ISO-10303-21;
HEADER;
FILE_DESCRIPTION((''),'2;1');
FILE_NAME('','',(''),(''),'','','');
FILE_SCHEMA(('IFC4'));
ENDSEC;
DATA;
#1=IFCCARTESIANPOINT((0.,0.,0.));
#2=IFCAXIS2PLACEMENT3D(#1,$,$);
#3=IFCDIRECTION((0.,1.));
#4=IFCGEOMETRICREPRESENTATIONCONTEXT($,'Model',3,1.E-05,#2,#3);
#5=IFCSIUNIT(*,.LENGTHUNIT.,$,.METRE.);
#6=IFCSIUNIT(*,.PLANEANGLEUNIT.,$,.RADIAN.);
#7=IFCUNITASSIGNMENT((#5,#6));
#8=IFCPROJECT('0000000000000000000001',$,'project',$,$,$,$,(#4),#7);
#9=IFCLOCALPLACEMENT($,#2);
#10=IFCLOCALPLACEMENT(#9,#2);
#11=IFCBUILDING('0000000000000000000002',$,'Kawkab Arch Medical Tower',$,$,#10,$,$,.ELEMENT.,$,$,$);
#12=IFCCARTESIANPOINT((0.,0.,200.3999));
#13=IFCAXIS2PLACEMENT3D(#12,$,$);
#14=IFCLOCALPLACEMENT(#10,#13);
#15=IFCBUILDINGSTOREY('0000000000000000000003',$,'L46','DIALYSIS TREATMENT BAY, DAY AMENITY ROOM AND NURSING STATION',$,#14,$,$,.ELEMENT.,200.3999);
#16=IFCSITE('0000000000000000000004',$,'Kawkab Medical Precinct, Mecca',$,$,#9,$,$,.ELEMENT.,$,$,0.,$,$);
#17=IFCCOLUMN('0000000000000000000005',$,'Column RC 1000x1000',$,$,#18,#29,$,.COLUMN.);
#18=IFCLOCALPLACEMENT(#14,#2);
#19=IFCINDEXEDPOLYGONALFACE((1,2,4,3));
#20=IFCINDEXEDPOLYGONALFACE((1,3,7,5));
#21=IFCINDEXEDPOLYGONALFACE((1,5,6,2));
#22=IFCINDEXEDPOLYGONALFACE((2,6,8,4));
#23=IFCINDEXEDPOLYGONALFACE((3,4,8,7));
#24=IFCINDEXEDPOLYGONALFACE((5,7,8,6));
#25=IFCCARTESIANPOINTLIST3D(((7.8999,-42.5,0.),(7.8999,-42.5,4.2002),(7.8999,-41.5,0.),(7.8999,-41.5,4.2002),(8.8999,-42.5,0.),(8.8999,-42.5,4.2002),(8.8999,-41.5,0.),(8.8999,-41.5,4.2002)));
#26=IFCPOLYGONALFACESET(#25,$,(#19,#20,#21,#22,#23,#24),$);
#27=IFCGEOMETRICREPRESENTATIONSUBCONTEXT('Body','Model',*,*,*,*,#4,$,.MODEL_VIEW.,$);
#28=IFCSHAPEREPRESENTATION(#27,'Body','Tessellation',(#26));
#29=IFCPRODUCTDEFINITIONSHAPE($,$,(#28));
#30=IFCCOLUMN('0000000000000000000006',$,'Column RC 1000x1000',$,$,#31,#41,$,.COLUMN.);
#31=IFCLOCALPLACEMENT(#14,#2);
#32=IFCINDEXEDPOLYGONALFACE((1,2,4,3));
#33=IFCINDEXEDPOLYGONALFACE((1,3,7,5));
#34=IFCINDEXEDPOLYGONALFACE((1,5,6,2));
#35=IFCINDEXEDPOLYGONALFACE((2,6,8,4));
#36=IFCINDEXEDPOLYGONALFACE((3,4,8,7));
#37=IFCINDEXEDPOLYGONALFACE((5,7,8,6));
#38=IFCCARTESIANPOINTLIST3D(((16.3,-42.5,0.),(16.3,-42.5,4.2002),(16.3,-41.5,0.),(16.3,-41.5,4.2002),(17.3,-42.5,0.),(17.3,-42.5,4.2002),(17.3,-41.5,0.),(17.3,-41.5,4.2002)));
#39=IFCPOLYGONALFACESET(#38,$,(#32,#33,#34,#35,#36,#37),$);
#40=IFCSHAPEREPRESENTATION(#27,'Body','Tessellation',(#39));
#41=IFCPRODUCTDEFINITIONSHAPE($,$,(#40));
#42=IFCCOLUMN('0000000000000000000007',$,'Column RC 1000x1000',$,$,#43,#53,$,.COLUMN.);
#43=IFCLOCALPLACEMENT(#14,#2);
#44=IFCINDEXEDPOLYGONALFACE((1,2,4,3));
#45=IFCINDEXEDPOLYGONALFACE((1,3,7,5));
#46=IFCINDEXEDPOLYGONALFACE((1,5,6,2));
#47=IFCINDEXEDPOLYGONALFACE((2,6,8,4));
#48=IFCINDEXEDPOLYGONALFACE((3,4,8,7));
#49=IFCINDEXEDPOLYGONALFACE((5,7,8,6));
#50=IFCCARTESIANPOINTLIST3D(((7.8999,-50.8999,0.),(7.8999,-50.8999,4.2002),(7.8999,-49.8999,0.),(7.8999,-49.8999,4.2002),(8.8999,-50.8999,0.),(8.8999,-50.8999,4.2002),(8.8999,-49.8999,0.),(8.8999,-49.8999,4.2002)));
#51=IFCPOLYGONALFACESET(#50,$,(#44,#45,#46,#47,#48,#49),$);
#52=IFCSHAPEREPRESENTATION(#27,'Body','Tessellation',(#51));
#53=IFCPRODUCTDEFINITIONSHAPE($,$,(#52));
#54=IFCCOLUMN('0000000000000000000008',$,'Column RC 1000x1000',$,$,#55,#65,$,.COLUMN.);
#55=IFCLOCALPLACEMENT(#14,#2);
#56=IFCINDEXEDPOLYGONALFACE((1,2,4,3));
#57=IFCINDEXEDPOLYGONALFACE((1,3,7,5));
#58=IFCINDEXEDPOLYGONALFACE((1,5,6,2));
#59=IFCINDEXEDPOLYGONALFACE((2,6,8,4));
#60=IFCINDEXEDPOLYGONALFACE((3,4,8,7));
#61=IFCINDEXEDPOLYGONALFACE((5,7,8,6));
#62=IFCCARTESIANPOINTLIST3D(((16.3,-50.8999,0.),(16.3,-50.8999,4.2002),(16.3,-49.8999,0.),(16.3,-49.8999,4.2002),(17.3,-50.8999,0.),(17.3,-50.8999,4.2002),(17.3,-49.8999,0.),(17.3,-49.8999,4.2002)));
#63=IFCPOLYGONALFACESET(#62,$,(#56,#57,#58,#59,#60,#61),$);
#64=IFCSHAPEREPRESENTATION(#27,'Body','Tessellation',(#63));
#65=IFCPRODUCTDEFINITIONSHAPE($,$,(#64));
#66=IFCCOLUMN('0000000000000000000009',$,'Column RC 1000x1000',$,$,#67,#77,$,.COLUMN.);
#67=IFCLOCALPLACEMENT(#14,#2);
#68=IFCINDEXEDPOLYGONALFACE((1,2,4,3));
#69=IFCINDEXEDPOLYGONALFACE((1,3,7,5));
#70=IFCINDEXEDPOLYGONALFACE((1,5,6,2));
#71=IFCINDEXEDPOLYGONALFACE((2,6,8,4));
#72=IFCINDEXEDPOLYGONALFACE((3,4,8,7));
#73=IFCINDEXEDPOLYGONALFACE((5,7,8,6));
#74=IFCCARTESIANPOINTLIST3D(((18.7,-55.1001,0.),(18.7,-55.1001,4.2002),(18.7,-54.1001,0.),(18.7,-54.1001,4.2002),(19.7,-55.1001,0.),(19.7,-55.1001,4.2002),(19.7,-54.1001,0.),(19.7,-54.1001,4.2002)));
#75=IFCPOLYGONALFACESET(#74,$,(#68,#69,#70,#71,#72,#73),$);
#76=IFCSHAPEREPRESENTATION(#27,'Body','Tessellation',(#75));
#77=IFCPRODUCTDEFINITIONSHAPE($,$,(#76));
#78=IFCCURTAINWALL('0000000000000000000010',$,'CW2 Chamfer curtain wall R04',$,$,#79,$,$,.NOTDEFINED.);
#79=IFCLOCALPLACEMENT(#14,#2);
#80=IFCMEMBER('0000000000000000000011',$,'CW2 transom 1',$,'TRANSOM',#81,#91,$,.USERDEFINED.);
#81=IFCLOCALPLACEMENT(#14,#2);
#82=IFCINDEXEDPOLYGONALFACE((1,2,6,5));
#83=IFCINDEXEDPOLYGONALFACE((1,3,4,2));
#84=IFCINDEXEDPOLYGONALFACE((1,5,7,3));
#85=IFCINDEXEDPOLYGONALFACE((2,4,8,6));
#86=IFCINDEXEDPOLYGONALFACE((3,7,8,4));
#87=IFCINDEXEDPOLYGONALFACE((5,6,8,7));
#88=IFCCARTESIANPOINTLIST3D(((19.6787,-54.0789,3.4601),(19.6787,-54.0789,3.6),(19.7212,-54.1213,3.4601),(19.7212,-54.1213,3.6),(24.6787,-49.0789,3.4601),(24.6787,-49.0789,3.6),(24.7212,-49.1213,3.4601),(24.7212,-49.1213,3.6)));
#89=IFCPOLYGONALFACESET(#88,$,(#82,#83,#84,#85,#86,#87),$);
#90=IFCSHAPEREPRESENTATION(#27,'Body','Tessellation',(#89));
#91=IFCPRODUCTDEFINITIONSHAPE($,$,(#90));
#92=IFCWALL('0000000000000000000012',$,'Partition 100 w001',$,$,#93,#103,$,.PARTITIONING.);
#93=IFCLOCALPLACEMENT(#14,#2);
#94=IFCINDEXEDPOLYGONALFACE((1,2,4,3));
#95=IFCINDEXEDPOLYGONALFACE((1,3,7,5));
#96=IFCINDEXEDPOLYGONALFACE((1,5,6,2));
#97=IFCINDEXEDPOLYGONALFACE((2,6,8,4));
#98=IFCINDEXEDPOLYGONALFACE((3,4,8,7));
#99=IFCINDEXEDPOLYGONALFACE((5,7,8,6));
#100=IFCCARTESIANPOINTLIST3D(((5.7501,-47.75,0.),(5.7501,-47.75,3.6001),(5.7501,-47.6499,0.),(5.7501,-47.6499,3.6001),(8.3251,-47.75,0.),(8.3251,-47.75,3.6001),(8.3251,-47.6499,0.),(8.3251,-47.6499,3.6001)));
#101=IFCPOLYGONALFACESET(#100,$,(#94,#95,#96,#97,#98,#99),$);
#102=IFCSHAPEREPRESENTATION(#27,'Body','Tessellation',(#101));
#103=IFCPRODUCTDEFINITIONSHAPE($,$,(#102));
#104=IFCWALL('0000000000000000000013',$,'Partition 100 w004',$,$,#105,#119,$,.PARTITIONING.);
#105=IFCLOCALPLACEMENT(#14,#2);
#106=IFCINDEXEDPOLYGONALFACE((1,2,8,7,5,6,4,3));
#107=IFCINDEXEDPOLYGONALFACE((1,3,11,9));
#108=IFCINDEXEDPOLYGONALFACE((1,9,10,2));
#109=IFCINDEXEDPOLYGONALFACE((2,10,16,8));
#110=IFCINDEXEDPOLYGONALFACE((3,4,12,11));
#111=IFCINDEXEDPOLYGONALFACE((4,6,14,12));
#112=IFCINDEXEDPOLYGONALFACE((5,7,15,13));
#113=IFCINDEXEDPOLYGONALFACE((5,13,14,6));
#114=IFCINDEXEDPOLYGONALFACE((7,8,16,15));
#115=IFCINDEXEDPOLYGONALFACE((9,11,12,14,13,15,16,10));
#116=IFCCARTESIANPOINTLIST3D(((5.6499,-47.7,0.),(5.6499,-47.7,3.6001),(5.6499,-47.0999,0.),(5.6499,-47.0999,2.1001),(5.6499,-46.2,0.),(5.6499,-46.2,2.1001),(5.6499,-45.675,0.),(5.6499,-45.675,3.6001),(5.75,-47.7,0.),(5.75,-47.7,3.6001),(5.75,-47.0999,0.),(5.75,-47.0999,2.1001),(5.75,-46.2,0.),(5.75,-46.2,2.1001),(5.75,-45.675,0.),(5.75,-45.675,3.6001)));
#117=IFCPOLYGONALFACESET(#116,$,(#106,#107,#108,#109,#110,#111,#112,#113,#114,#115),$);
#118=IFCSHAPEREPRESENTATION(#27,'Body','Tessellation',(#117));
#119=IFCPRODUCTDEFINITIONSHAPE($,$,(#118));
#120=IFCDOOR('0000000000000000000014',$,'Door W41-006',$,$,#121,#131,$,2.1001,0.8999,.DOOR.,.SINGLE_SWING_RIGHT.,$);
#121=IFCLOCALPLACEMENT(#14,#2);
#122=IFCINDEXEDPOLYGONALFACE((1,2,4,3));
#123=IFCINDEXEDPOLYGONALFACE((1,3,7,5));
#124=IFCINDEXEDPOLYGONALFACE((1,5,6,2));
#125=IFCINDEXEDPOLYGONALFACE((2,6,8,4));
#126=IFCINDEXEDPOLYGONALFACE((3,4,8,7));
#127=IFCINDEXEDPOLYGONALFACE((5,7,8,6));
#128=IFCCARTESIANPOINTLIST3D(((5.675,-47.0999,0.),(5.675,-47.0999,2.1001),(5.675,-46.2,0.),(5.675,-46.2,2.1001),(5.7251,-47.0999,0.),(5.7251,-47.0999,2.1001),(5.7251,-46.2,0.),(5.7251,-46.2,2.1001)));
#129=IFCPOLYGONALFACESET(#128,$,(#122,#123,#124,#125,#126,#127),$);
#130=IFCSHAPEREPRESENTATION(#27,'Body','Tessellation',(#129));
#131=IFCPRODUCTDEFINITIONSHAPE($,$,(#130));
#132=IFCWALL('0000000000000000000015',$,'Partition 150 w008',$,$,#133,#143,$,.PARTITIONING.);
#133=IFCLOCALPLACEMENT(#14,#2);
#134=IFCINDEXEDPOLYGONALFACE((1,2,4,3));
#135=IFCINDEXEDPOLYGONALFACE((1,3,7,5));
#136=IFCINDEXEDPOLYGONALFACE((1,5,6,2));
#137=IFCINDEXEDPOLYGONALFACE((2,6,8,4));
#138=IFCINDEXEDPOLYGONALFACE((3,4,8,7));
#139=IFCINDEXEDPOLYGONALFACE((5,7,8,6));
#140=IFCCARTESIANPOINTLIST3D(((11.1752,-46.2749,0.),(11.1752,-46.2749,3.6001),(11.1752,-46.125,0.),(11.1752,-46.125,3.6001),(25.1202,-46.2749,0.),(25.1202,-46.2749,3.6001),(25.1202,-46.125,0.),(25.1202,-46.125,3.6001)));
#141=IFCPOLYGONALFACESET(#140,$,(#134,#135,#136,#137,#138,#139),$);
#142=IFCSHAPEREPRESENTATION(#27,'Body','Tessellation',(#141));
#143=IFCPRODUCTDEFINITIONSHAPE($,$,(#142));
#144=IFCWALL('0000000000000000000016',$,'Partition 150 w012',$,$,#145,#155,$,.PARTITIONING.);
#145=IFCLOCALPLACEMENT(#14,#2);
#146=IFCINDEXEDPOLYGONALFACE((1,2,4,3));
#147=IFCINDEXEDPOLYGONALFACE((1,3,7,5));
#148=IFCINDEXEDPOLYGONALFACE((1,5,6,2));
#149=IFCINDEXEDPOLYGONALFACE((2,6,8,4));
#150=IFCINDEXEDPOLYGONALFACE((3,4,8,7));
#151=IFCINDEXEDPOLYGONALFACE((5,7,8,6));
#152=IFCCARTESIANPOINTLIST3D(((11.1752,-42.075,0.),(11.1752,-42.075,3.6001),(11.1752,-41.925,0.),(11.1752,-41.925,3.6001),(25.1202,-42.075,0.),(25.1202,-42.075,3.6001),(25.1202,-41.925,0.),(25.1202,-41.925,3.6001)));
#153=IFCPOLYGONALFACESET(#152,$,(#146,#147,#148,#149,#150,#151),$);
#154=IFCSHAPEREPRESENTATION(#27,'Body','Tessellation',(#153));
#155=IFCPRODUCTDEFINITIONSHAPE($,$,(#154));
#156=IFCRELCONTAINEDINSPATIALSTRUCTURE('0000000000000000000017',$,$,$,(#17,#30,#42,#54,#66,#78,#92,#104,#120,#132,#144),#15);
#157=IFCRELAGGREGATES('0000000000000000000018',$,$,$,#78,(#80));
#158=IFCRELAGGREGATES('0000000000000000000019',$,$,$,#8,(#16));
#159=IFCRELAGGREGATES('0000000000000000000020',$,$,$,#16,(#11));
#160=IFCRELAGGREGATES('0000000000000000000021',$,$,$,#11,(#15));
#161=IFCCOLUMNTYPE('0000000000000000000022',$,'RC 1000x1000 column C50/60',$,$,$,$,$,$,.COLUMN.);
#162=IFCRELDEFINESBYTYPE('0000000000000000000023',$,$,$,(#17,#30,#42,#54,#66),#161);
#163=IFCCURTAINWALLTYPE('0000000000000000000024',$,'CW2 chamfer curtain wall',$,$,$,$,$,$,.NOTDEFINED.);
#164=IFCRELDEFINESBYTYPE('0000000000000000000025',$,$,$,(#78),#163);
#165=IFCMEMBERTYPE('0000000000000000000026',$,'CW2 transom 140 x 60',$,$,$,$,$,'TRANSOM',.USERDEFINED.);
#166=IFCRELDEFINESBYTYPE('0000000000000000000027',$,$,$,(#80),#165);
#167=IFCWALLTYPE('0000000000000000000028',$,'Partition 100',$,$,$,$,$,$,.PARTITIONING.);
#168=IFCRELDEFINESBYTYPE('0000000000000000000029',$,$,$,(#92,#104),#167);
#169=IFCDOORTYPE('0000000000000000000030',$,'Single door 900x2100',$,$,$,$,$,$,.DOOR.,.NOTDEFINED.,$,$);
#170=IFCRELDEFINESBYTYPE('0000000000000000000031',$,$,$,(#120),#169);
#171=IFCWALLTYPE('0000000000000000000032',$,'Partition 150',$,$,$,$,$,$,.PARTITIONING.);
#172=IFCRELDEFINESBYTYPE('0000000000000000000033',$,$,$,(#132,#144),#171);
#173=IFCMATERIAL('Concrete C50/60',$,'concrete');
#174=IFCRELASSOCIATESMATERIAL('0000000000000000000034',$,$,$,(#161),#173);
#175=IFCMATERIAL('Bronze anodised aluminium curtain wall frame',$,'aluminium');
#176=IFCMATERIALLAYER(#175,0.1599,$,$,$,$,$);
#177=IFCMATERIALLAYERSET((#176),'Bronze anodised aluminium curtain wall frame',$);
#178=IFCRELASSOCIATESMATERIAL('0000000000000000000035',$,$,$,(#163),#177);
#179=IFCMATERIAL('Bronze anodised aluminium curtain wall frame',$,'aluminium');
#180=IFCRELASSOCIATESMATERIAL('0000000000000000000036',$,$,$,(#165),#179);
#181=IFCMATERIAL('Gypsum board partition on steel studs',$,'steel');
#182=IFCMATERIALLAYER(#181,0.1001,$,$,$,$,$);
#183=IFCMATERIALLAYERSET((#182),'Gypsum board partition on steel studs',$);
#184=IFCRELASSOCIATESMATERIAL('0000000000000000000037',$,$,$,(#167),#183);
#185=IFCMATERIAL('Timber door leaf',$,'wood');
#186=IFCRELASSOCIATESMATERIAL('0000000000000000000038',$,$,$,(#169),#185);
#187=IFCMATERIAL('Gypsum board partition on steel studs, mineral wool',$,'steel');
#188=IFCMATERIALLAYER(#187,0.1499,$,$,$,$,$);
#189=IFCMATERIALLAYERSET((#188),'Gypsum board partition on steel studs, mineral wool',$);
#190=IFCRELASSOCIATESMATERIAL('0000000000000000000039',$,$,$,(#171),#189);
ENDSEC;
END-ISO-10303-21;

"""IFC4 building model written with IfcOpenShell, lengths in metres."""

from ifc_helpers import new_model, si_unit, direction, frame, frame_2d, origin, origin_2d, place, context, subcontext, project, spatial, rectangle, extrude, material, layer, layer_set, material_profile, profile_set, type_object, element, fill, aggregate, save


model = new_model("IFC4")

# Units and contexts
model_context = context("Model", 3, precision=1e-05, world=origin(), true_north=direction((0.0, 1.0)))
body_context = subcontext(model_context, "Body", "Model", "MODEL_VIEW")
ifc_project = project(units=[si_unit("LENGTHUNIT", "METRE"), si_unit("PLANEANGLEUNIT", "RADIAN")], contexts=[model_context])

# Site, building, storey
site_placement = place(None, origin())
site = spatial("IfcSite", under=ifc_project, at=site_placement, Name="Kawkab Medical Precinct, Mecca", CompositionType="ELEMENT", RefElevation=0.0)
building_placement = place(site_placement, origin())
building = spatial("IfcBuilding", under=site, at=building_placement, Name="Kawkab Arch Medical Tower", CompositionType="ELEMENT")
storey_placement = place(building_placement, frame((0.0, 0.0, 200.3999)))
storey = spatial("IfcBuildingStorey", under=building, at=storey_placement, Name="L46", Description="DIALYSIS TREATMENT BAY, DAY AMENITY ROOM AND NURSING STATION", CompositionType="ELEMENT", Elevation=200.3999)

# Columns
ifc_material_1 = material(Name="Concrete C50/60", Category="concrete")
ifc_material_profile_1 = material_profile(ifc_material_1, rectangle(XDim=1.0, YDim=1.0, at=origin_2d()), Name="RC 1000x1000")
ifc_profile_set_1 = profile_set([ifc_material_profile_1], Name="Concrete C50/60")
column_type = type_object("IfcColumnType", Name="RC 1000x1000 column C50/60", PredefinedType="COLUMN", material=ifc_profile_set_1)
for number, where, z_axis, x_axis, name in (
    (1, (8.3999, -42.0, 0.0), (0.0, 0.0, 1.0), (1.0, 0.0, 0.0), "Column RC 1000x1000"),
    (2, (16.8, -42.0, 0.0), (0.0, 0.0, 1.0), (1.0, 0.0, 0.0), "Column RC 1000x1000"),
    (3, (8.3999, -50.3999, 0.0), (0.0, 0.0, 1.0), (1.0, 0.0, 0.0), "Column RC 1000x1000"),
    (4, (16.8, -50.3999, 0.0), (0.0, 0.0, 1.0), (1.0, 0.0, 0.0), "Column RC 1000x1000"),
    (5, (19.2, -54.6001, 0.0), (0.0, 0.0, 1.0), (1.0, 0.0, 0.0), "Column RC 1000x1000"),
):
    element("IfcColumn", number, at=place(storey_placement, frame(where, z_axis=z_axis, x_axis=x_axis)), inside=storey, type_object=column_type, Name=name, PredefinedType="COLUMN", context=body_context, shape_type="SweptSolid", body=[
        extrude(rectangle(XDim=1.0, YDim=1.0, at=origin_2d()), origin(), (0.0, 0.0, 1.0), 4.2002),
    ])

# Curtain wall, member
ifc_material_2 = material(Name="Bronze anodised aluminium curtain wall frame", Category="aluminium")
ifc_layer_1 = layer(ifc_material_2, 0.1599)
ifc_layer_set_1 = layer_set([ifc_layer_1], Name="Bronze anodised aluminium curtain wall frame")
curtain_wall_type = type_object("IfcCurtainWallType", Name="CW2 chamfer curtain wall", PredefinedType="NOTDEFINED", material=ifc_layer_set_1)
curtain_wall_placement = place(storey_placement, origin())
curtain_wall = element("IfcCurtainWall", 6, at=curtain_wall_placement, inside=storey, type_object=curtain_wall_type, Name="CW2 Chamfer curtain wall R04", PredefinedType="NOTDEFINED")
ifc_material_3 = material(Name="Bronze anodised aluminium curtain wall frame", Category="aluminium")
ifc_material_profile_2 = material_profile(ifc_material_3, rectangle(XDim=0.0601, YDim=0.1399, at=origin_2d()), Name="AL 60x140")
ifc_profile_set_2 = profile_set([ifc_material_profile_2], Name="Bronze anodised aluminium curtain wall frame")
member_type = type_object("IfcMemberType", Name="CW2 transom 140 x 60", ElementType="TRANSOM", PredefinedType="USERDEFINED", material=ifc_profile_set_2)
member_placement = place(storey_placement, frame((19.7, -54.1001, 3.53), z_axis=(0.707107, 0.707107, 0.0), x_axis=(-0.707107, 0.707107, 0.0)))
member = element("IfcMember", 7, at=member_placement, type_object=member_type, Name="CW2 transom 1", ObjectType="TRANSOM", PredefinedType="USERDEFINED", context=body_context, shape_type="SweptSolid", body=[
    extrude(rectangle(XDim=0.0601, YDim=0.1399, at=origin_2d()), origin(), (0.0, 0.0, 1.0), 7.071),
])
aggregate(curtain_wall, [member])

# Wall
ifc_material_4 = material(Name="Gypsum board partition on steel studs", Category="steel")
ifc_layer_2 = layer(ifc_material_4, 0.1001)
ifc_layer_set_2 = layer_set([ifc_layer_2], Name="Gypsum board partition on steel studs")
wall_type_1 = type_object("IfcWallType", Name="Partition 100", PredefinedType="PARTITIONING", material=ifc_layer_set_2)
wall_1_placement = place(storey_placement, frame((5.75, -47.7, 0.0), z_axis=(0.0, 0.0, 1.0), x_axis=(1.0, 0.0, 0.0)))
element("IfcWall", 8, at=wall_1_placement, inside=storey, type_object=wall_type_1, Name="Partition 100 w001", PredefinedType="PARTITIONING", context=body_context, shape_type="SweptSolid", body=[
    extrude(rectangle(XDim=2.575, YDim=0.1001, at=frame_2d((1.2876, 0.0))), origin(), (0.0, 0.0, 1.0), 3.6001),
])

# Wall, opening, door
wall_2_placement = place(storey_placement, frame((5.7, -47.7, 0.0), z_axis=(0.0, 0.0, 1.0), x_axis=(0.0, 1.0, 0.0)))
wall_2 = element("IfcWall", 9, at=wall_2_placement, inside=storey, type_object=wall_type_1, Name="Partition 100 w004", PredefinedType="PARTITIONING", context=body_context, shape_type="SweptSolid", body=[
    extrude(rectangle(XDim=2.0249, YDim=0.1001, at=frame_2d((1.0125, 0.0))), origin(), (0.0, 0.0, 1.0), 3.6001),
])
opening_1_placement = place(wall_2_placement, frame((0.6001, 0.0, 0.0)))
opening_1 = element("IfcOpeningElement", 10, at=opening_1_placement, cuts=wall_2, PredefinedType="OPENING", context=body_context, shape_type="SweptSolid", body=[
    extrude(rectangle(XDim=0.8999, YDim=2.1001, at=frame_2d((0.45, 1.05))), frame((0.0, 0.0601, 0.0), z_axis=(0.0, -1.0, 0.0), x_axis=(1.0, 0.0, 0.0)), (0.0, 0.0, 1.0), 0.1201),
])
ifc_material_5 = material(Name="Timber door leaf", Category="wood")
door_type_1 = type_object("IfcDoorType", Name="Single door 900x2100", OperationType="NOTDEFINED", PredefinedType="DOOR", material=ifc_material_5)
door_1_placement = place(opening_1_placement, origin())
door_1 = element("IfcDoor", 11, at=door_1_placement, inside=storey, type_object=door_type_1, Name="Door W41-006", OperationType="SINGLE_SWING_RIGHT", OverallHeight=2.1001, OverallWidth=0.8999, PredefinedType="DOOR", context=body_context, shape_type="SweptSolid", body=[
    extrude(rectangle(XDim=0.8999, YDim=2.1001, at=frame_2d((0.45, 1.05))), frame((0.0, 0.0249, 0.0), z_axis=(0.0, -1.0, 0.0), x_axis=(1.0, 0.0, 0.0)), (0.0, 0.0, 1.0), 0.05),
])
fill(opening_1, door_1)

# Walls
ifc_material_6 = material(Name="Gypsum board partition on steel studs, mineral wool", Category="steel")
ifc_layer_3 = layer(ifc_material_6, 0.1499)
ifc_layer_set_3 = layer_set([ifc_layer_3], Name="Gypsum board partition on steel studs, mineral wool")
wall_type_2 = type_object("IfcWallType", Name="Partition 150", PredefinedType="PARTITIONING", material=ifc_layer_set_3)
for number, where, z_axis, x_axis, name in (
    (12, (11.175, -46.2, 0.0), (0.0, 0.0, 1.0), (1.0, 0.0, 0.0), "Partition 150 w008"),
    (13, (11.175, -42.0, 0.0), (0.0, 0.0, 1.0), (1.0, 0.0, 0.0), "Partition 150 w012"),
):
    element("IfcWall", number, at=place(storey_placement, frame(where, z_axis=z_axis, x_axis=x_axis)), inside=storey, type_object=wall_type_2, Name=name, PredefinedType="PARTITIONING", context=body_context, shape_type="SweptSolid", body=[
        extrude(rectangle(XDim=13.9451, YDim=0.1499, at=frame_2d((6.9727, 0.0))), origin(), (0.0, 0.0, 1.0), 3.6001),
    ])

save(model, "model.ifc")
